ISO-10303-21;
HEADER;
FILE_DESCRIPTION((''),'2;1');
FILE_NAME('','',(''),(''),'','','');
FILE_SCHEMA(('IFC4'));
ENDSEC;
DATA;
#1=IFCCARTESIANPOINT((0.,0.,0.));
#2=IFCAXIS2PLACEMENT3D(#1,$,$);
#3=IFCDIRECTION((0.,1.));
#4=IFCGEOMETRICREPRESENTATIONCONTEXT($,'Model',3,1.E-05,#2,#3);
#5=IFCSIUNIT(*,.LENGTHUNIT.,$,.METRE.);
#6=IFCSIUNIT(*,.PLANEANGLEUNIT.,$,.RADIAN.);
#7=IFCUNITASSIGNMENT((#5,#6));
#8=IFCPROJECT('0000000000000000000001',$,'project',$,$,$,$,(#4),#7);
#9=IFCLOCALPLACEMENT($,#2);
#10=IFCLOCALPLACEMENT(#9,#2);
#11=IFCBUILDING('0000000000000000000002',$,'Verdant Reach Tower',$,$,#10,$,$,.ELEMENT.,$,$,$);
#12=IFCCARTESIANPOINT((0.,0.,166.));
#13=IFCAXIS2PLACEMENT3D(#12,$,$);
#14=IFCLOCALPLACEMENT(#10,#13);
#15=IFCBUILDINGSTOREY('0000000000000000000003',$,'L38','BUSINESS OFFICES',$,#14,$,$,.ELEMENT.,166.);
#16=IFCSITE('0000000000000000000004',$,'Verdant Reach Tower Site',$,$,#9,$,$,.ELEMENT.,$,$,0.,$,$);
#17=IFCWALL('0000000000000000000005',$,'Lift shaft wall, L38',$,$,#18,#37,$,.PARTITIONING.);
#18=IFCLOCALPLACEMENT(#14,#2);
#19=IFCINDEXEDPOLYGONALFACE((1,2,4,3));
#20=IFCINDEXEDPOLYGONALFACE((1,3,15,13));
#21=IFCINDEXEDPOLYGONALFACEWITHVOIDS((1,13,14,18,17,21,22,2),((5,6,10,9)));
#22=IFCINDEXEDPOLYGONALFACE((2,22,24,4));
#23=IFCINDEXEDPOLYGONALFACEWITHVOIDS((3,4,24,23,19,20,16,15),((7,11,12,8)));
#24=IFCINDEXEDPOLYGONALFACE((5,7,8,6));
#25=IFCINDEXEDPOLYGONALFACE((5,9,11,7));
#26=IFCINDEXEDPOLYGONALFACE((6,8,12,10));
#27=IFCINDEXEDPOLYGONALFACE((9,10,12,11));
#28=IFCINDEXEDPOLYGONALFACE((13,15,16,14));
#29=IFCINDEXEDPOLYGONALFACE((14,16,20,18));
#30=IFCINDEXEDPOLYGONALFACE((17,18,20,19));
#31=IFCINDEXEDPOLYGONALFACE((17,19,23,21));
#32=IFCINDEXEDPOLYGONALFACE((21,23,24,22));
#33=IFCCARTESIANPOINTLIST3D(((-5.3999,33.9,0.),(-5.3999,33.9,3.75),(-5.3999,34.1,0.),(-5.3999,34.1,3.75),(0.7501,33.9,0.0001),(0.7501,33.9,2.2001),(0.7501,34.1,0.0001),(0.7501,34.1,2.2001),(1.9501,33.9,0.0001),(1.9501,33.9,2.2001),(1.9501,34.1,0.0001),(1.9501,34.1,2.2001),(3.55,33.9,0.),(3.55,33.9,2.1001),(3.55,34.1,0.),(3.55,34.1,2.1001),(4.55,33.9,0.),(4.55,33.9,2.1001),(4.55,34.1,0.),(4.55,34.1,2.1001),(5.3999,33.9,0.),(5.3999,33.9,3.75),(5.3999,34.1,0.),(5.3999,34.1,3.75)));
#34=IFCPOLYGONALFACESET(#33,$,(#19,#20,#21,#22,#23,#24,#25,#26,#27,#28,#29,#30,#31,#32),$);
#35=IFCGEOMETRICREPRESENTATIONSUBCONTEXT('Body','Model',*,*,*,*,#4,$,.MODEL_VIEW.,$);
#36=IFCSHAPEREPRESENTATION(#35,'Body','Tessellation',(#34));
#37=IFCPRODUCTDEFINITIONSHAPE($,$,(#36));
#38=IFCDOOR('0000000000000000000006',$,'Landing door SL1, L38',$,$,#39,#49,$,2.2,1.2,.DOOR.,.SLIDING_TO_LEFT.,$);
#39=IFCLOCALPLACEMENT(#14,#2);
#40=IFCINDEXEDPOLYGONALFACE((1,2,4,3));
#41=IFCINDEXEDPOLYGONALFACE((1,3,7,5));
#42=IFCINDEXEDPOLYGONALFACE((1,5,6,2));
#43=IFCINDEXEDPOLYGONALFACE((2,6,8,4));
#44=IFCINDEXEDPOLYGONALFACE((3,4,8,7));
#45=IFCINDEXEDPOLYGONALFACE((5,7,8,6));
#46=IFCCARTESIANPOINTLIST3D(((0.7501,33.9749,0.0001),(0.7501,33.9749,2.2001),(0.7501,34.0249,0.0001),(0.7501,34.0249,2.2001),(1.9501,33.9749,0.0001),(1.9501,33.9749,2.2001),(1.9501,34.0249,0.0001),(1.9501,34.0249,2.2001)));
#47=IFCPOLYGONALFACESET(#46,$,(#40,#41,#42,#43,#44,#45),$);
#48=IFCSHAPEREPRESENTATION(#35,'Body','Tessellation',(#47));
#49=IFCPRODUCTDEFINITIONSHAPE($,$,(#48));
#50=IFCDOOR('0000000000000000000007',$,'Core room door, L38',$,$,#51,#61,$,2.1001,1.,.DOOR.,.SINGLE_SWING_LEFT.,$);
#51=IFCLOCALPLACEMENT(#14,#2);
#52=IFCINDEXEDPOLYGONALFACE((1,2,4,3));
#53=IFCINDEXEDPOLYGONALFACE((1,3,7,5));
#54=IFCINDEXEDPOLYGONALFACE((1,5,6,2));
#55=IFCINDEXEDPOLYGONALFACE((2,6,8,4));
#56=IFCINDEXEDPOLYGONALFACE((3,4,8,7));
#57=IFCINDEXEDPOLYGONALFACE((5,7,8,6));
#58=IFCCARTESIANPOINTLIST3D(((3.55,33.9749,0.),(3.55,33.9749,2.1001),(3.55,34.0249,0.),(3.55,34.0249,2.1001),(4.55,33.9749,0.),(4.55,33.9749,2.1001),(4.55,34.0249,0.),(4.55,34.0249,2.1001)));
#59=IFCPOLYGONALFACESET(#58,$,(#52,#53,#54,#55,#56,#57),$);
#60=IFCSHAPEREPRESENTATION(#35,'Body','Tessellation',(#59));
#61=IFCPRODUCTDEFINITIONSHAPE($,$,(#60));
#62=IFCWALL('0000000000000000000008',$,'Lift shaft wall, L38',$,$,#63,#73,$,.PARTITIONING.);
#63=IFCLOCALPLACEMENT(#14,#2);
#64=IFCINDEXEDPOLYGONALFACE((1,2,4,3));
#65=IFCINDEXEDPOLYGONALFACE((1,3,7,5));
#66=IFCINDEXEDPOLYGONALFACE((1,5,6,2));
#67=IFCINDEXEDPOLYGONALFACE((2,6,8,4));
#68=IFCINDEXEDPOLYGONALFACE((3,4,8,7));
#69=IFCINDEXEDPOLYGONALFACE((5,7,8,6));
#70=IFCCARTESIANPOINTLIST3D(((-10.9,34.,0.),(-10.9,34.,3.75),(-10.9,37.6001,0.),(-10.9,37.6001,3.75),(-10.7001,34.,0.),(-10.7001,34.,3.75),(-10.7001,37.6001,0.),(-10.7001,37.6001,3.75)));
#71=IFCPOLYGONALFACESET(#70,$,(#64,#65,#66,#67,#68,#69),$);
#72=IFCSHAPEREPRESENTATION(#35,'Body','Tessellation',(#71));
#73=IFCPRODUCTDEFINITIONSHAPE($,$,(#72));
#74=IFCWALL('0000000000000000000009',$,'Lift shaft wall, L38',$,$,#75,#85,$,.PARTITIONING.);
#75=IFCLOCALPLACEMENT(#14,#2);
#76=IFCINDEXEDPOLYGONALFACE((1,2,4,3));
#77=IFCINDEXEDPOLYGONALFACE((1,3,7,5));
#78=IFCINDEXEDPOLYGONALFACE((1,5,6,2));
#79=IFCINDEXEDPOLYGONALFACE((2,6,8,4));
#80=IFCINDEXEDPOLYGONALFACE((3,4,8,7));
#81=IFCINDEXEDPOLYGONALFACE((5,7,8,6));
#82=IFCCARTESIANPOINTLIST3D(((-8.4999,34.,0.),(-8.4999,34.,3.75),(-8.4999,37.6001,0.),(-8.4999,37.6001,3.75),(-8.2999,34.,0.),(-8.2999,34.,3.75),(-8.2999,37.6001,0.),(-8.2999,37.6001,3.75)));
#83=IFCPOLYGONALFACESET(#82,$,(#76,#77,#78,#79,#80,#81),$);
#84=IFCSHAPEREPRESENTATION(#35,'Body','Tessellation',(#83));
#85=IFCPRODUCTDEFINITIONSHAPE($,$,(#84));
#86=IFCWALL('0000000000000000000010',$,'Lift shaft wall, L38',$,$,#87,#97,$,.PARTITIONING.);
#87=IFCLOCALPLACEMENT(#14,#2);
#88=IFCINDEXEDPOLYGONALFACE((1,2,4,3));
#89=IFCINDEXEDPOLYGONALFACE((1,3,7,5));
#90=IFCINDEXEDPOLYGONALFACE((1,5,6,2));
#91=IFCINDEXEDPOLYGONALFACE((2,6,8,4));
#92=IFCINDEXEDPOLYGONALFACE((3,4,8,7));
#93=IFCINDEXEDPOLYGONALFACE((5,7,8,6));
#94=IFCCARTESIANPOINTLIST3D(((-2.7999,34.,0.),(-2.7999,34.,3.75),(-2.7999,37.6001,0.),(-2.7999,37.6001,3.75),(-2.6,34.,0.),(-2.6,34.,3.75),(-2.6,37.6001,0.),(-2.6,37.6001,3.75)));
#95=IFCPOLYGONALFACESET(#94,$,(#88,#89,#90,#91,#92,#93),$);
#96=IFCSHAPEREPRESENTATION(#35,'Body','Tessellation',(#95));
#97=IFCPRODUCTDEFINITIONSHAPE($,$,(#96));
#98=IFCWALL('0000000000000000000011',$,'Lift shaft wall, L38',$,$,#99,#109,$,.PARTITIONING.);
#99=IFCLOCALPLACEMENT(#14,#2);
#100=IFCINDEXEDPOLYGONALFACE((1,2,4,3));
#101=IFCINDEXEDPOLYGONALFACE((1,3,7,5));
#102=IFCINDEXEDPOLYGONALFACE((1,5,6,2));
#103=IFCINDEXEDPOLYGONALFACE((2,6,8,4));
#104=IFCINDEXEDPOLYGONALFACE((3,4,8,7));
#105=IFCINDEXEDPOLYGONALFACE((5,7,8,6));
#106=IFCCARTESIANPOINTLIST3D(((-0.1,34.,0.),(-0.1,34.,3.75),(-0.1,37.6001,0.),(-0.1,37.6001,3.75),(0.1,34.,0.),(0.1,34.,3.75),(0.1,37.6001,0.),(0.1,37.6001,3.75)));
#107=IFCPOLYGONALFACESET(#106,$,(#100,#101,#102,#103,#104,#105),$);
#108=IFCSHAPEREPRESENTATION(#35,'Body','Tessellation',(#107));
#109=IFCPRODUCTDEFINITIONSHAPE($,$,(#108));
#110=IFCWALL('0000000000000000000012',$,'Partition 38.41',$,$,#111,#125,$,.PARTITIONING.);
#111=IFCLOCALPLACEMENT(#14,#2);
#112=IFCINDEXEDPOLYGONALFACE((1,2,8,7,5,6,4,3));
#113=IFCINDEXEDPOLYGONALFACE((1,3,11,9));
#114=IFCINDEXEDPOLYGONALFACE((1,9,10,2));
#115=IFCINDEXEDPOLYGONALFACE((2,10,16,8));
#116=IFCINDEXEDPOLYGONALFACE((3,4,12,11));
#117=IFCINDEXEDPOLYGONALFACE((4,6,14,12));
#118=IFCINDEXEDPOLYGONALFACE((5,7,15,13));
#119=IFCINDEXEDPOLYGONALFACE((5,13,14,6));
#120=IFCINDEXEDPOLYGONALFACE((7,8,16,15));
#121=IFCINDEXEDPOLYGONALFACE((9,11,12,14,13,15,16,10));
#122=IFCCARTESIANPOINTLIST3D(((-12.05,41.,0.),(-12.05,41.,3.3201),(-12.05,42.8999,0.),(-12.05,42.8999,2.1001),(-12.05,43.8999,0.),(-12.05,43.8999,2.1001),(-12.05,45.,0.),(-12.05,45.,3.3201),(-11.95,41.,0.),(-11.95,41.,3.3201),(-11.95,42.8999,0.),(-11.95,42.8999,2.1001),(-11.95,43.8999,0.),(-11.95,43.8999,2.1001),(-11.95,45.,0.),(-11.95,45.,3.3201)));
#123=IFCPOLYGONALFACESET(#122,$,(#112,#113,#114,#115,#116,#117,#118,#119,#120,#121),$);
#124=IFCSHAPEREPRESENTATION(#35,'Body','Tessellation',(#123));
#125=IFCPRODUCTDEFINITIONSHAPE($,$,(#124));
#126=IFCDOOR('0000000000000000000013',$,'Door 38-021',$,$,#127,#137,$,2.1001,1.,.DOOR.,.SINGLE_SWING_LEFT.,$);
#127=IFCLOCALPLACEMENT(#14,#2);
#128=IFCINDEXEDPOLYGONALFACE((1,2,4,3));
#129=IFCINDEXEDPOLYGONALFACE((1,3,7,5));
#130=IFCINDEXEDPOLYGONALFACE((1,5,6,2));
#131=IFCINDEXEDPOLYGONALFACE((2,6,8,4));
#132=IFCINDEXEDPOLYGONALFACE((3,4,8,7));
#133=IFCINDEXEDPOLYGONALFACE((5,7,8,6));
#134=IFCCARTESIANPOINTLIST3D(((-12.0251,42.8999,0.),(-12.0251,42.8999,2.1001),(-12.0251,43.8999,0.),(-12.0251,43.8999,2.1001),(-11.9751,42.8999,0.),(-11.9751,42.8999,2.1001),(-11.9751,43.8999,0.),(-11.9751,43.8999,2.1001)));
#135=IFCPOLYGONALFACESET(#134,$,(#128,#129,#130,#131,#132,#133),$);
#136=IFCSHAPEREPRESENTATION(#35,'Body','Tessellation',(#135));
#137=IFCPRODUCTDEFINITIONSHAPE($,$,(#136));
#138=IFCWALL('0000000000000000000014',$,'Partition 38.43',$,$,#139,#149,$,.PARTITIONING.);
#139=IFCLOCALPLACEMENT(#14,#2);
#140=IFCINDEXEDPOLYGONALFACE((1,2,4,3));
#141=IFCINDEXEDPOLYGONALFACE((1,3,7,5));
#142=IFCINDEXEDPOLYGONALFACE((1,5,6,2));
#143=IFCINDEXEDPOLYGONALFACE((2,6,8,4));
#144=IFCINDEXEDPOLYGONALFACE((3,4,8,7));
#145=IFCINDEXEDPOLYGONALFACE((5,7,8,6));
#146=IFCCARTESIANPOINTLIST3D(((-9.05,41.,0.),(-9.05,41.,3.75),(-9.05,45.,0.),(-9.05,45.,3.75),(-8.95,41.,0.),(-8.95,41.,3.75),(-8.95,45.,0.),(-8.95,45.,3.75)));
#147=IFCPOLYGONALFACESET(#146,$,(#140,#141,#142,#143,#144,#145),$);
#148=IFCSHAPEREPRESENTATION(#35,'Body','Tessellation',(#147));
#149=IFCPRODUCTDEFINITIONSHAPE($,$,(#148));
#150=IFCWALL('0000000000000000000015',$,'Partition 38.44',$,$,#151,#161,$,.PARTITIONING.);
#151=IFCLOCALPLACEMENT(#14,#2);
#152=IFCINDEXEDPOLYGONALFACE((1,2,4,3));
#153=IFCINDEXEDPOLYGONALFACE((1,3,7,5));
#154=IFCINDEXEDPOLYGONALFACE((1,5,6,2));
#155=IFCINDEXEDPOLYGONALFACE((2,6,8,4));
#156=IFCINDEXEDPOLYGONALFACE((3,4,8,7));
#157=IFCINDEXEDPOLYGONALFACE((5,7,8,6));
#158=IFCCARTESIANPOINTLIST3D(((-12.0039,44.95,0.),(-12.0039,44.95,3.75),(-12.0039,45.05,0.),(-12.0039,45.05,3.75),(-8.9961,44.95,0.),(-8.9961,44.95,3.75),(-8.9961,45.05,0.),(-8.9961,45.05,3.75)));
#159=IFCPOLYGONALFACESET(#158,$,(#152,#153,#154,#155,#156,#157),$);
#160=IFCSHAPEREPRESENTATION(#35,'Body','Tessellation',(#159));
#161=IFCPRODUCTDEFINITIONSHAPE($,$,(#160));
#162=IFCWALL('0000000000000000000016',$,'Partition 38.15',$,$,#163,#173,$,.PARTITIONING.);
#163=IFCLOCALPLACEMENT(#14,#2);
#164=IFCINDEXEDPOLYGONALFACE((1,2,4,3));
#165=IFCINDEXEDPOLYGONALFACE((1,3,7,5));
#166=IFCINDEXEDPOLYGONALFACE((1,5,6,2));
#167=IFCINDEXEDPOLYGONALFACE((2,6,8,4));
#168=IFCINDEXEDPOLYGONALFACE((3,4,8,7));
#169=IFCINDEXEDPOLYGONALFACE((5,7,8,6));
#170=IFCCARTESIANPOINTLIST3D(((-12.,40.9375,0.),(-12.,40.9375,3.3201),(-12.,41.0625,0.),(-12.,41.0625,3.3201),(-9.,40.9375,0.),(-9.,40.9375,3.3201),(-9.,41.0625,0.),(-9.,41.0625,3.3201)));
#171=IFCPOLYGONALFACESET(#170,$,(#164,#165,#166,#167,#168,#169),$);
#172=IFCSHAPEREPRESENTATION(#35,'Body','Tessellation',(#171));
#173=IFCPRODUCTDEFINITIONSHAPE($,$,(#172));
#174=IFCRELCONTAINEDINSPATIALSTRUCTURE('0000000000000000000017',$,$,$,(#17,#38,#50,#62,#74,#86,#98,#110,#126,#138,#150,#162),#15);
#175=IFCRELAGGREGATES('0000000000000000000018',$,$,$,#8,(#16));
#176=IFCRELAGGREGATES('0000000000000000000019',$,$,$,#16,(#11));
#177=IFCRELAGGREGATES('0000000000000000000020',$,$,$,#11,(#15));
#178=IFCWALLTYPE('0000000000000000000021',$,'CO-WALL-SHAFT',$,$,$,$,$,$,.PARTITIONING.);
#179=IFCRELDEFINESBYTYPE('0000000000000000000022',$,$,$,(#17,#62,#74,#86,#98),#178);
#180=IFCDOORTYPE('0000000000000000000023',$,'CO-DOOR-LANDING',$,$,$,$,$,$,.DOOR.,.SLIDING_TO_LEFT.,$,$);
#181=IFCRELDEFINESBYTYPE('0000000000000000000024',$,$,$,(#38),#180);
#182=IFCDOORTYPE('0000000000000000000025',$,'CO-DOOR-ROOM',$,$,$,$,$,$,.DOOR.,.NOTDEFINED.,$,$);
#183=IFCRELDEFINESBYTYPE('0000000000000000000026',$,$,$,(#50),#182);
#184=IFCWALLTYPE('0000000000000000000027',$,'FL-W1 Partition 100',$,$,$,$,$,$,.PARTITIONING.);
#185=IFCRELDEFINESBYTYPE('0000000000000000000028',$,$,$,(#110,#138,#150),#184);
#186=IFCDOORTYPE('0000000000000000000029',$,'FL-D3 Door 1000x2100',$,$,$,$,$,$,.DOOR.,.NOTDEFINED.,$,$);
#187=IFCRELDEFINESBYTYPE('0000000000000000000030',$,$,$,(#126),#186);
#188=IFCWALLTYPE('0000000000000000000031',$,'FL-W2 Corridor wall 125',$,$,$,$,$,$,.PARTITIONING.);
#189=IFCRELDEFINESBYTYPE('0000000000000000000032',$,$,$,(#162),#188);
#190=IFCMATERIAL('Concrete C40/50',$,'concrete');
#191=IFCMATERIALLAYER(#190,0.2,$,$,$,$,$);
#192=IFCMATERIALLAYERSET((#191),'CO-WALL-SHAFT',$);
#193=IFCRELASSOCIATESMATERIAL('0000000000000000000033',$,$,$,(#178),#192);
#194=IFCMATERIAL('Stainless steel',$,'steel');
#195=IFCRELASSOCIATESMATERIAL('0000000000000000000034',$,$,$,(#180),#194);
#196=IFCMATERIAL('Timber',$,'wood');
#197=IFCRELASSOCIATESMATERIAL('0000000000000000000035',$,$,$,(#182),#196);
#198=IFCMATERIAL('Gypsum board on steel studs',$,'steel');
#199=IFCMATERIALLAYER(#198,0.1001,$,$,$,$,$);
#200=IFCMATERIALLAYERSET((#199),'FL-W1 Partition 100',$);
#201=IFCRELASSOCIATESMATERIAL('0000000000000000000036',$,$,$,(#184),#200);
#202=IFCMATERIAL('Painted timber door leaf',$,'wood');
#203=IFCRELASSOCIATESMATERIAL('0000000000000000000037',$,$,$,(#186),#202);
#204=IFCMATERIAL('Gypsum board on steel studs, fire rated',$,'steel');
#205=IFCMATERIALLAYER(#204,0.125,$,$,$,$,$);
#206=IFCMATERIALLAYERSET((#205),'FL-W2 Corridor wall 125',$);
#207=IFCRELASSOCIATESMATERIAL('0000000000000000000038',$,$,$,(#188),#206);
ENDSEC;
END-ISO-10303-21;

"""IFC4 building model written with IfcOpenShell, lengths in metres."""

from ifc_helpers import new_model, si_unit, direction, frame, frame_2d, origin, place, context, subcontext, project, spatial, rectangle, extrude, material, layer, layer_set, type_object, element, fill, save


model = new_model("IFC4")

# Units and contexts
model_context = context("Model", 3, precision=1e-05, world=origin(), true_north=direction((0.0, 1.0)))
body_context = subcontext(model_context, "Body", "Model", "MODEL_VIEW")
ifc_project = project(units=[si_unit("LENGTHUNIT", "METRE"), si_unit("PLANEANGLEUNIT", "RADIAN")], contexts=[model_context])

# Site, building, storey
site_placement = place(None, origin())
site = spatial("IfcSite", under=ifc_project, at=site_placement, Name="Verdant Reach Tower Site", CompositionType="ELEMENT", RefElevation=0.0)
building_placement = place(site_placement, origin())
building = spatial("IfcBuilding", under=site, at=building_placement, Name="Verdant Reach Tower", CompositionType="ELEMENT")
storey_placement = place(building_placement, frame((0.0, 0.0, 166.0)))
storey = spatial("IfcBuildingStorey", under=building, at=storey_placement, Name="L38", Description="BUSINESS OFFICES", CompositionType="ELEMENT", Elevation=166.0)

# Wall, openings, doors
ifc_material_1 = material(Name="Concrete C40/50", Category="concrete")
ifc_layer_1 = layer(ifc_material_1, 0.2)
ifc_layer_set_1 = layer_set([ifc_layer_1], Name="CO-WALL-SHAFT")
wall_type_1 = type_object("IfcWallType", Name="CO-WALL-SHAFT", PredefinedType="PARTITIONING", material=ifc_layer_set_1)
ifc_material_2 = material(Name="Stainless steel", Category="steel")
wall_1_placement = place(storey_placement, frame((-5.3999, 34.0, 0.0), z_axis=(0.0, 0.0, 1.0), x_axis=(1.0, 0.0, 0.0)))
wall_1 = element("IfcWall", 1, at=wall_1_placement, inside=storey, type_object=wall_type_1, Name="Lift shaft wall, L38", PredefinedType="PARTITIONING", context=body_context, shape_type="SweptSolid", body=[
    extrude(rectangle(XDim=10.7998, YDim=0.2, at=frame_2d((5.3999, 0.0))), origin(), (0.0, 0.0, 1.0), 3.75),
])
opening_1_placement = place(wall_1_placement, frame((6.1499, 0.0, 0.0)))
opening_1 = element("IfcOpeningElement", 2, at=opening_1_placement, cuts=wall_1, PredefinedType="OPENING", context=body_context, shape_type="SweptSolid", body=[
    extrude(rectangle(XDim=1.2, YDim=2.2, at=frame_2d((0.6001, 1.1001))), frame((0.0, 0.1099, 0.0), z_axis=(0.0, -1.0, 0.0), x_axis=(1.0, 0.0, 0.0)), (0.0, 0.0, 1.0), 0.22),
])
opening_2_placement = place(wall_1_placement, frame((8.95, 0.0, 0.0)))
opening_2 = element("IfcOpeningElement", 3, at=opening_2_placement, cuts=wall_1, PredefinedType="OPENING", context=body_context, shape_type="SweptSolid", body=[
    extrude(rectangle(XDim=1.0, YDim=2.1001, at=frame_2d((0.5, 1.05))), frame((0.0, 0.1099, 0.0), z_axis=(0.0, -1.0, 0.0), x_axis=(1.0, 0.0, 0.0)), (0.0, 0.0, 1.0), 0.22),
])
door_type_1 = type_object("IfcDoorType", Name="CO-DOOR-LANDING", OperationType="SLIDING_TO_LEFT", PredefinedType="DOOR", material=ifc_material_2)
door_1_placement = place(opening_1_placement, origin())
door_1 = element("IfcDoor", 4, at=door_1_placement, inside=storey, type_object=door_type_1, Name="Landing door SL1, L38", OperationType="SLIDING_TO_LEFT", OverallHeight=2.2, OverallWidth=1.2, PredefinedType="DOOR", context=body_context, shape_type="SweptSolid", body=[
    extrude(rectangle(XDim=1.2, YDim=2.2, at=frame_2d((0.6001, 1.1001))), frame((0.0, 0.0249, 0.0), z_axis=(0.0, -1.0, 0.0), x_axis=(1.0, 0.0, 0.0)), (0.0, 0.0, 1.0), 0.05),
])
fill(opening_1, door_1)
ifc_material_3 = material(Name="Timber", Category="wood")
door_type_2 = type_object("IfcDoorType", Name="CO-DOOR-ROOM", OperationType="NOTDEFINED", PredefinedType="DOOR", material=ifc_material_3)
door_2_placement = place(opening_2_placement, origin())
door_2 = element("IfcDoor", 5, at=door_2_placement, inside=storey, type_object=door_type_2, Name="Core room door, L38", OperationType="SINGLE_SWING_LEFT", OverallHeight=2.1001, OverallWidth=1.0, PredefinedType="DOOR", context=body_context, shape_type="SweptSolid", body=[
    extrude(rectangle(XDim=1.0, YDim=2.1001, at=frame_2d((0.5, 1.05))), frame((0.0, 0.0249, 0.0), z_axis=(0.0, -1.0, 0.0), x_axis=(1.0, 0.0, 0.0)), (0.0, 0.0, 1.0), 0.05),
])
fill(opening_2, door_2)

# Walls
for number, where, z_axis, x_axis, name in (
    (6, (-10.8, 34.0, 0.0), (0.0, 0.0, 1.0), (0.0, 1.0, 0.0), "Lift shaft wall, L38"),
    (7, (-8.3999, 34.0, 0.0), (0.0, 0.0, 1.0), (0.0, 1.0, 0.0), "Lift shaft wall, L38"),
    (8, (-2.7, 34.0, 0.0), (0.0, 0.0, 1.0), (0.0, 1.0, 0.0), "Lift shaft wall, L38"),
    (9, (0.0, 34.0, 0.0), (0.0, 0.0, 1.0), (0.0, 1.0, 0.0), "Lift shaft wall, L38"),
):
    element("IfcWall", number, at=place(storey_placement, frame(where, z_axis=z_axis, x_axis=x_axis)), inside=storey, type_object=wall_type_1, Name=name, PredefinedType="PARTITIONING", context=body_context, shape_type="SweptSolid", body=[
        extrude(rectangle(XDim=3.6001, YDim=0.2, at=frame_2d((1.8, 0.0))), origin(), (0.0, 0.0, 1.0), 3.75),
    ])

# Wall, opening, door
ifc_material_4 = material(Name="Gypsum board on steel studs", Category="steel")
ifc_layer_2 = layer(ifc_material_4, 0.1001)
ifc_layer_set_2 = layer_set([ifc_layer_2], Name="FL-W1 Partition 100")
wall_type_2 = type_object("IfcWallType", Name="FL-W1 Partition 100", PredefinedType="PARTITIONING", material=ifc_layer_set_2)
wall_2_placement = place(storey_placement, frame((-12.0, 45.0, 0.0), z_axis=(0.0, 0.0, 1.0), x_axis=(0.0, -1.0, 0.0)))
wall_2 = element("IfcWall", 10, at=wall_2_placement, inside=storey, type_object=wall_type_2, Name="Partition 38.41", PredefinedType="PARTITIONING", context=body_context, shape_type="SweptSolid", body=[
    extrude(rectangle(XDim=4.0, YDim=0.1001, at=frame_2d((2.0, 0.0))), origin(), (0.0, 0.0, 1.0), 3.3201),
])
opening_3_placement = place(wall_2_placement, frame((1.1001, 0.0, 0.0)))
opening_3 = element("IfcOpeningElement", 11, at=opening_3_placement, cuts=wall_2, PredefinedType="OPENING", context=body_context, shape_type="SweptSolid", body=[
    extrude(rectangle(XDim=1.0, YDim=2.1001, at=frame_2d((0.5, 1.05))), frame((0.0, 0.0601, 0.0), z_axis=(0.0, -1.0, 0.0), x_axis=(1.0, 0.0, 0.0)), (0.0, 0.0, 1.0), 0.1201),
])
ifc_material_5 = material(Name="Painted timber door leaf", Category="wood")
door_type_3 = type_object("IfcDoorType", Name="FL-D3 Door 1000x2100", OperationType="NOTDEFINED", PredefinedType="DOOR", material=ifc_material_5)
door_3_placement = place(opening_3_placement, origin())
door_3 = element("IfcDoor", 12, at=door_3_placement, inside=storey, type_object=door_type_3, Name="Door 38-021", OperationType="SINGLE_SWING_LEFT", OverallHeight=2.1001, OverallWidth=1.0, PredefinedType="DOOR", context=body_context, shape_type="SweptSolid", body=[
    extrude(rectangle(XDim=1.0, YDim=2.1001, at=frame_2d((0.5, 1.05))), frame((0.0, 0.0249, 0.0), z_axis=(0.0, -1.0, 0.0), x_axis=(1.0, 0.0, 0.0)), (0.0, 0.0, 1.0), 0.05),
])
fill(opening_3, door_3)

# Walls
wall_3_placement = place(storey_placement, frame((-9.0, 41.0, 0.0), z_axis=(0.0, 0.0, 1.0), x_axis=(0.0, 1.0, 0.0)))
element("IfcWall", 13, at=wall_3_placement, inside=storey, type_object=wall_type_2, Name="Partition 38.43", PredefinedType="PARTITIONING", context=body_context, shape_type="SweptSolid", body=[
    extrude(rectangle(XDim=4.0, YDim=0.1001, at=frame_2d((2.0, 0.0))), origin(), (0.0, 0.0, 1.0), 3.75),
])
wall_4_placement = place(storey_placement, frame((-8.9961, 45.0, 0.0), z_axis=(0.0, 0.0, 1.0), x_axis=(-1.0, 0.0, 0.0)))
element("IfcWall", 14, at=wall_4_placement, inside=storey, type_object=wall_type_2, Name="Partition 38.44", PredefinedType="PARTITIONING", context=body_context, shape_type="SweptSolid", body=[
    extrude(rectangle(XDim=3.0078, YDim=0.1001, at=frame_2d((1.5039, 0.0))), origin(), (0.0, 0.0, 1.0), 3.75),
])
ifc_material_6 = material(Name="Gypsum board on steel studs, fire rated", Category="steel")
ifc_layer_3 = layer(ifc_material_6, 0.125)
ifc_layer_set_3 = layer_set([ifc_layer_3], Name="FL-W2 Corridor wall 125")
wall_type_3 = type_object("IfcWallType", Name="FL-W2 Corridor wall 125", PredefinedType="PARTITIONING", material=ifc_layer_set_3)
wall_5_placement = place(storey_placement, frame((-9.0, 41.0, 0.0), z_axis=(0.0, 0.0, 1.0), x_axis=(-1.0, 0.0, 0.0)))
element("IfcWall", 15, at=wall_5_placement, inside=storey, type_object=wall_type_3, Name="Partition 38.15", PredefinedType="PARTITIONING", context=body_context, shape_type="SweptSolid", body=[
    extrude(rectangle(XDim=3.0, YDim=0.125, at=frame_2d((1.5, 0.0))), origin(), (0.0, 0.0, 1.0), 3.3201),
])

save(model, "model.ifc")
